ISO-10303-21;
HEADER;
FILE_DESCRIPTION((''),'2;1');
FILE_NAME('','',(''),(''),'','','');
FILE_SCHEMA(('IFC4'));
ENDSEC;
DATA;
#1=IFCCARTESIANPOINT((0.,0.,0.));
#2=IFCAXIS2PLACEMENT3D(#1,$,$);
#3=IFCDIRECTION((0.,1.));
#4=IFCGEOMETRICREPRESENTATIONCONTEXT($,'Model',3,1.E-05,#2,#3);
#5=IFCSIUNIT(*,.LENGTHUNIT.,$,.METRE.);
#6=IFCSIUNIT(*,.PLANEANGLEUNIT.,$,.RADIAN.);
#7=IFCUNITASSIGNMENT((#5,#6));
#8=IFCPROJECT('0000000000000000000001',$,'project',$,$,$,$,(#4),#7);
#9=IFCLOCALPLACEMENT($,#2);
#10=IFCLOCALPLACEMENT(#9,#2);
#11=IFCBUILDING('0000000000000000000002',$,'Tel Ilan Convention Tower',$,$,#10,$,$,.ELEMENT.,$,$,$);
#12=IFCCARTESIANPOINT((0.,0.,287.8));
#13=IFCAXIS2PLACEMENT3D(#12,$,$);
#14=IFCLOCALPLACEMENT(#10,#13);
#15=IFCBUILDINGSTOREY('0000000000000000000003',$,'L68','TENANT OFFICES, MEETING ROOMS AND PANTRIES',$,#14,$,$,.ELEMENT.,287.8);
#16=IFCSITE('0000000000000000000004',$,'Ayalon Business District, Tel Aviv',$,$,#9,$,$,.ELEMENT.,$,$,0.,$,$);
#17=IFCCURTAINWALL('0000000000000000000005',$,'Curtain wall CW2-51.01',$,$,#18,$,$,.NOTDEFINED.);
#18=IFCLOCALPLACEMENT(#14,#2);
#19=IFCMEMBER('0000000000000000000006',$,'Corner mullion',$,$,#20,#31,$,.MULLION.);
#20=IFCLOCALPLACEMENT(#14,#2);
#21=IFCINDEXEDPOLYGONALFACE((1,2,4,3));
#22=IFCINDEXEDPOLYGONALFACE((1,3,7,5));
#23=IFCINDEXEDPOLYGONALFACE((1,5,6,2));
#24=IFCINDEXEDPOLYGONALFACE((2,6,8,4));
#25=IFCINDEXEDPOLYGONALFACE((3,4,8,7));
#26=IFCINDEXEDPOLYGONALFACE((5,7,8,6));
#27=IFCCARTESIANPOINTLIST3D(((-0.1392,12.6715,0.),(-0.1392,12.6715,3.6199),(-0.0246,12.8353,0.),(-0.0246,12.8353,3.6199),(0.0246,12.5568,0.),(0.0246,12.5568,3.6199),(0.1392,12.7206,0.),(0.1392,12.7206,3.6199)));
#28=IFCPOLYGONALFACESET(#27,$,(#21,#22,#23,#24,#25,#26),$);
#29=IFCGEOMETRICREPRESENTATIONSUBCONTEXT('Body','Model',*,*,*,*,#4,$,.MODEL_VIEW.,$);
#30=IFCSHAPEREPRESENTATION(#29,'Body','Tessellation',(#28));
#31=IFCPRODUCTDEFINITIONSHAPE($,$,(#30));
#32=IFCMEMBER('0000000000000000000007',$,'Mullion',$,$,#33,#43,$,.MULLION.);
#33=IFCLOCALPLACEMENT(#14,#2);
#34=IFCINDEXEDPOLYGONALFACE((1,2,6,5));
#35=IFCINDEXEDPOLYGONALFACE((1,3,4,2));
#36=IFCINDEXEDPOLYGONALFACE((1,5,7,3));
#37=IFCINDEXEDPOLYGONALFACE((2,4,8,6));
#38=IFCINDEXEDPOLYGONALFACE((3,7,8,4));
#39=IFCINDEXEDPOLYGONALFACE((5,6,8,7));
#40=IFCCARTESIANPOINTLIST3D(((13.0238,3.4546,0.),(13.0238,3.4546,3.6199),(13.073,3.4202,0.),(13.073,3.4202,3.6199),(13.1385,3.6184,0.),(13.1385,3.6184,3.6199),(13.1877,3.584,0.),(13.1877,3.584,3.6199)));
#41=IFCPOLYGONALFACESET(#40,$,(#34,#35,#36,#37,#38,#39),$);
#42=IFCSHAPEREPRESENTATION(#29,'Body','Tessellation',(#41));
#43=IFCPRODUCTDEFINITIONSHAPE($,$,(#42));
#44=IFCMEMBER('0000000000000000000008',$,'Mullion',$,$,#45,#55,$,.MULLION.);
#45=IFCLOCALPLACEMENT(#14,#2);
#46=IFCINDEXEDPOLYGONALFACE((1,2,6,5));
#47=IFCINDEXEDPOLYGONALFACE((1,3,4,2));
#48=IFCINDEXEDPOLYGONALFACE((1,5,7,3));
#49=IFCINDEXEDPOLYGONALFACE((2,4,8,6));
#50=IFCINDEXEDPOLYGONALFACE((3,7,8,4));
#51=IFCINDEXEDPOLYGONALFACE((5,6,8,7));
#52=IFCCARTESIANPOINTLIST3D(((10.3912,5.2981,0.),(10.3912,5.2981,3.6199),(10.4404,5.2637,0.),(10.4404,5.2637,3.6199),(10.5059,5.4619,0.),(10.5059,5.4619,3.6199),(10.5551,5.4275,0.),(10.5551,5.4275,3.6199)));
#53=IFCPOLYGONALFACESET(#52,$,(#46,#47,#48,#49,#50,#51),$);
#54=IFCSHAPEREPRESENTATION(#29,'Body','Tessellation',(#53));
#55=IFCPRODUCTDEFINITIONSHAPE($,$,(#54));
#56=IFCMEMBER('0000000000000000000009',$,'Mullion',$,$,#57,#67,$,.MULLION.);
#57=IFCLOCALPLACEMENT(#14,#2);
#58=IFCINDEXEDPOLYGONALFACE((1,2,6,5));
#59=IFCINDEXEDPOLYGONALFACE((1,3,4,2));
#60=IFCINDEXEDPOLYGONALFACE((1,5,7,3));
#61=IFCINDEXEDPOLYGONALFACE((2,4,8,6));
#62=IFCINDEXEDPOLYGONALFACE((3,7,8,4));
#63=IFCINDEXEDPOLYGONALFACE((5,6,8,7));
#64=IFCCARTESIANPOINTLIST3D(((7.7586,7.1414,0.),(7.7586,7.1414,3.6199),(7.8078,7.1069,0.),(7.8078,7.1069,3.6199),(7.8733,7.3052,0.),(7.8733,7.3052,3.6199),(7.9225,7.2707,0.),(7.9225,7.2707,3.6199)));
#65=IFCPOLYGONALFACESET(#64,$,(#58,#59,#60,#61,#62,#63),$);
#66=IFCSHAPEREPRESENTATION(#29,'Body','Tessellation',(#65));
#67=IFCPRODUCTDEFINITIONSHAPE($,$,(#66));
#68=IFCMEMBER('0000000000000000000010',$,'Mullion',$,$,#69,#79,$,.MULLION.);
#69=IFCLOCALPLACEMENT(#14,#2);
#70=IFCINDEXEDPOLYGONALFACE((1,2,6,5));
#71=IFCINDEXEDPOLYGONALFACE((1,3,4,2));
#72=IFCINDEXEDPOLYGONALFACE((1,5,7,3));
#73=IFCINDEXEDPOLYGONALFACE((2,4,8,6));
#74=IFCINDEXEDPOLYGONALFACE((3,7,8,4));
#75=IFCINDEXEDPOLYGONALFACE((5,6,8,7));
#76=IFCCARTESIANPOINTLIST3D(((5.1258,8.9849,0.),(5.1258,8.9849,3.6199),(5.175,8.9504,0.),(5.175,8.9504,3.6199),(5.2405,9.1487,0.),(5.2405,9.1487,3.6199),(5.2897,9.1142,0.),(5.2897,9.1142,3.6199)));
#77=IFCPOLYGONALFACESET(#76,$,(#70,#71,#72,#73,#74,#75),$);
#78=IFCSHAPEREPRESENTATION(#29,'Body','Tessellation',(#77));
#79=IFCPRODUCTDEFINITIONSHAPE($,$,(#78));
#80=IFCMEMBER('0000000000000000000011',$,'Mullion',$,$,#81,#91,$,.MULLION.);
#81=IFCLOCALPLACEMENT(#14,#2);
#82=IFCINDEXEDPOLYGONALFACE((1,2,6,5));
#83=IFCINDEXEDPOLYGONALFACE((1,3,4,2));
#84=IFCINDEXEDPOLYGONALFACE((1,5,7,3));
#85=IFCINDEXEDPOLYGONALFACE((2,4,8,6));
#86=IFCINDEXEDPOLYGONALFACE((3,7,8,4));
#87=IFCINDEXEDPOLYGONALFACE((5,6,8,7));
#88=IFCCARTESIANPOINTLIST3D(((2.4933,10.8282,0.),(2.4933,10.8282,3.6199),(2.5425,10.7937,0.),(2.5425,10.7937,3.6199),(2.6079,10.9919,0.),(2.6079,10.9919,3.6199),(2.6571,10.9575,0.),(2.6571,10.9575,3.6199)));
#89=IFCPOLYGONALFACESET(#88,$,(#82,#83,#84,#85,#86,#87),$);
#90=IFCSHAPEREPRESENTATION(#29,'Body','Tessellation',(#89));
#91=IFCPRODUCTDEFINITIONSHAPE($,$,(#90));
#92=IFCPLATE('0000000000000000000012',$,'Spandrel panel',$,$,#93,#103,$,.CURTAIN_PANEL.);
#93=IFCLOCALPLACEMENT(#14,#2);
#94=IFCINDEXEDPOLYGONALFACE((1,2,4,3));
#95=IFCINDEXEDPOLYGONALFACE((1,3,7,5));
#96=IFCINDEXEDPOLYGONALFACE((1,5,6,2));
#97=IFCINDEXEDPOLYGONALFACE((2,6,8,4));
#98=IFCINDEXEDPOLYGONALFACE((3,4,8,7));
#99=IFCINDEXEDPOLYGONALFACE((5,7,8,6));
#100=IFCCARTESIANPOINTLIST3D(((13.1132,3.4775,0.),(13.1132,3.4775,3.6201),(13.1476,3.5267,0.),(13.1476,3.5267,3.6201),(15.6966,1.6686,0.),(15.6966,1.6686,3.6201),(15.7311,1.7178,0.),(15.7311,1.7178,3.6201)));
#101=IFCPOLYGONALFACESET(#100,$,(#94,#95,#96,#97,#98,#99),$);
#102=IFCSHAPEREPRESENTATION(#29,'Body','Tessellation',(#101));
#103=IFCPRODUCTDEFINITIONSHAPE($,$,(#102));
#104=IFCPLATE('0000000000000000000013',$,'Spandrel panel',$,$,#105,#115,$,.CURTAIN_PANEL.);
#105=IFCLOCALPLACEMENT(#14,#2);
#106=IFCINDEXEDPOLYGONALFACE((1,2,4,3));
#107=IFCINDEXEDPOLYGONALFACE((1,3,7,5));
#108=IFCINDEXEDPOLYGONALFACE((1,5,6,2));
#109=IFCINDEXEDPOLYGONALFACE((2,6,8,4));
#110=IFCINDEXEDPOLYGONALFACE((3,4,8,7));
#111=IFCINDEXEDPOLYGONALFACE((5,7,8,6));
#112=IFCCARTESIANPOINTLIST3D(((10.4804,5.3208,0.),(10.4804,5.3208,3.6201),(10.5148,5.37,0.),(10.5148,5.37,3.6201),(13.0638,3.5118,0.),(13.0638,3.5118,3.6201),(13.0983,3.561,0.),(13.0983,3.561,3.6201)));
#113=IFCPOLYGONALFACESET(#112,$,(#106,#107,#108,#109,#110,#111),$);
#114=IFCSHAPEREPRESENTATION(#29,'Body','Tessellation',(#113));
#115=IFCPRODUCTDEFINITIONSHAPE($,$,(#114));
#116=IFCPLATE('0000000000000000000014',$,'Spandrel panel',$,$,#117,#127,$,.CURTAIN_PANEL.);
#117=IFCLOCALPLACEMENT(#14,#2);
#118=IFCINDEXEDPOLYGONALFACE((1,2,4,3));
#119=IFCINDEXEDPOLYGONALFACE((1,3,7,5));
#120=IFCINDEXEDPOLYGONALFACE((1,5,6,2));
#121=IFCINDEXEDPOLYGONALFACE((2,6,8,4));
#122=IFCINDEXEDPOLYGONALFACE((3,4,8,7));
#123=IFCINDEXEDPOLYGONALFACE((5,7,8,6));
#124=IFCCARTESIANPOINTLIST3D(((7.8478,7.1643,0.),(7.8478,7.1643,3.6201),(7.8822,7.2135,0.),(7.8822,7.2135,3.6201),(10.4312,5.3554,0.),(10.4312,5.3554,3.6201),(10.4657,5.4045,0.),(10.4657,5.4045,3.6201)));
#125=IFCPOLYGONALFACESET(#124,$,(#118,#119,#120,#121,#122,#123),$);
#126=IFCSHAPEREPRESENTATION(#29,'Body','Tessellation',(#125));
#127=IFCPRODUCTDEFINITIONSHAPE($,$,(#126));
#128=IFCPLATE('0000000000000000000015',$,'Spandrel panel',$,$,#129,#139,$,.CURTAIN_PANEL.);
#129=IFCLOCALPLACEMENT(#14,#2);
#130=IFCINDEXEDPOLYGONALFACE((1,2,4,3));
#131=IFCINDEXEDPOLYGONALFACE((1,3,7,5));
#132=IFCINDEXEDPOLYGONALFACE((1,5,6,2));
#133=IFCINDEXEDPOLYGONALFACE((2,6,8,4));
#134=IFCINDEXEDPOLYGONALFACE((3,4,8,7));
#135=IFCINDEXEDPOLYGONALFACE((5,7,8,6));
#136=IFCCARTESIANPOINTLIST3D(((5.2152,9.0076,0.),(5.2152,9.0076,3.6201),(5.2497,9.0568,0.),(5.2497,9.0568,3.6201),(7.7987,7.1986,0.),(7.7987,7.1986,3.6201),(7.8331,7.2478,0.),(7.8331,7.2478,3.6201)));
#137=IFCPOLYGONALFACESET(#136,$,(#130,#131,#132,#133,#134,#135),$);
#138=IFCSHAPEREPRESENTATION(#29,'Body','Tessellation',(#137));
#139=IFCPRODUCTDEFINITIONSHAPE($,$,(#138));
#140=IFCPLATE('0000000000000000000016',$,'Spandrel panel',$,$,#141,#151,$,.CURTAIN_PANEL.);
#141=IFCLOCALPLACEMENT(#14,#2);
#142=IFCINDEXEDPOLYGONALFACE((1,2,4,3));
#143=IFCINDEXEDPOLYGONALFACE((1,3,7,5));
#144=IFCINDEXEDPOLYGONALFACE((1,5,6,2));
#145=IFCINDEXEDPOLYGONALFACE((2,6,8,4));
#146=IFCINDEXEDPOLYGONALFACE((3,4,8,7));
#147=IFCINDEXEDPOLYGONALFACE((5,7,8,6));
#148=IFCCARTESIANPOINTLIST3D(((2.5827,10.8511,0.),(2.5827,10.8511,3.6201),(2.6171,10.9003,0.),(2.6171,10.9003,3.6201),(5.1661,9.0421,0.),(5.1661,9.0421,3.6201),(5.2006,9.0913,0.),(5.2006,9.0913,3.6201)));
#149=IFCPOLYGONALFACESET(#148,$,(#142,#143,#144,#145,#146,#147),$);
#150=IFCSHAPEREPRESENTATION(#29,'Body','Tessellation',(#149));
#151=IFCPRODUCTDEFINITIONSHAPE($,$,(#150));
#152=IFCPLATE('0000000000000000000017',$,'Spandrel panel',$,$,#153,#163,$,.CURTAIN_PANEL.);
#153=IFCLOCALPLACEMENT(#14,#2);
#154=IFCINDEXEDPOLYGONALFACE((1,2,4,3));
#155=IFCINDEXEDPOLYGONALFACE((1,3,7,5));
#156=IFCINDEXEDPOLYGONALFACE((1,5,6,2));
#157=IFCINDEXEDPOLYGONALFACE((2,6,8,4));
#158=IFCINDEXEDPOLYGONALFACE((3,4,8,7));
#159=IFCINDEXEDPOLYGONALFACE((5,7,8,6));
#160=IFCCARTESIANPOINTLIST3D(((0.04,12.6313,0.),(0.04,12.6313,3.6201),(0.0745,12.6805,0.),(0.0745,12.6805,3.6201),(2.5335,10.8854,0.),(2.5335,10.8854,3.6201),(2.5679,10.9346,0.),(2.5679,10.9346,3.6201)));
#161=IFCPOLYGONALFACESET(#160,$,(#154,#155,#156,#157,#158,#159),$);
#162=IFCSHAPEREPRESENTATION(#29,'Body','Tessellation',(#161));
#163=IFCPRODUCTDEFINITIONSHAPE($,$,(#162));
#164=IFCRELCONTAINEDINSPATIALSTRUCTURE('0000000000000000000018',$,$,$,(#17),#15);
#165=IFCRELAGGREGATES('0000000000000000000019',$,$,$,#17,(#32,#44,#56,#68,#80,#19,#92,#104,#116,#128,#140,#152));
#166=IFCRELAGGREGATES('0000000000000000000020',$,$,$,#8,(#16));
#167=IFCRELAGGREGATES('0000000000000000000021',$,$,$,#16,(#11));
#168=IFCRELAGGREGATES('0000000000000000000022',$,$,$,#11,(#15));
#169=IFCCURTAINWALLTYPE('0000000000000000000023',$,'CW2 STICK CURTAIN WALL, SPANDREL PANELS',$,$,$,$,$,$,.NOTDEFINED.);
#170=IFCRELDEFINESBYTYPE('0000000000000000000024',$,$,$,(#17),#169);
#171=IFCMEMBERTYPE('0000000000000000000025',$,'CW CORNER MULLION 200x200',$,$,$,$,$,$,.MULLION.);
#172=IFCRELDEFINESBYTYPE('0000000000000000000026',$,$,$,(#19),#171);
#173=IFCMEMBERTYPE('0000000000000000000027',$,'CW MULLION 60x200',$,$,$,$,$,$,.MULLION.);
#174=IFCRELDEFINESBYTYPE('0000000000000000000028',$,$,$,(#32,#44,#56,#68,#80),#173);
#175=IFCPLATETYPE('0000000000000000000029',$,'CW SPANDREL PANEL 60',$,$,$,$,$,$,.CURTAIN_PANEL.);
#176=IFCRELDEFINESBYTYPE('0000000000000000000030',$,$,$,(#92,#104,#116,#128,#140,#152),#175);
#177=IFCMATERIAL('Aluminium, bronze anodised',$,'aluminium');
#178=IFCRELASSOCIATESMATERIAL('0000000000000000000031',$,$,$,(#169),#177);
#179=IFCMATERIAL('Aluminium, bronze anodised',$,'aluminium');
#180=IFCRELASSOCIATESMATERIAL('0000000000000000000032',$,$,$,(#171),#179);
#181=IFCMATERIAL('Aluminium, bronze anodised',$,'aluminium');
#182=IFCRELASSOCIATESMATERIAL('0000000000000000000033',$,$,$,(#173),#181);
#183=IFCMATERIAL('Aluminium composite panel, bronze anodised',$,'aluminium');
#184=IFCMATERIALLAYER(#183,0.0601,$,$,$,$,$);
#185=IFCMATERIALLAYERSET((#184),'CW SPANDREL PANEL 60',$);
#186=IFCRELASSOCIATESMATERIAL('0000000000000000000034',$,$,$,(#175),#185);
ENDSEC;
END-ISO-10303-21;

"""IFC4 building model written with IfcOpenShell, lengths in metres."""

from ifc_helpers import new_model, si_unit, direction, frame, origin, origin_2d, place, context, subcontext, project, spatial, rectangle, extrude, material, layer, layer_set, material_profile, profile_set, type_object, element, aggregate, save


model = new_model("IFC4")

# Units and contexts
model_context = context("Model", 3, precision=1e-05, world=origin(), true_north=direction((0.0, 1.0)))
body_context = subcontext(model_context, "Body", "Model", "MODEL_VIEW")
ifc_project = project(units=[si_unit("LENGTHUNIT", "METRE"), si_unit("PLANEANGLEUNIT", "RADIAN")], contexts=[model_context])

# Site, building, storey
site_placement = place(None, origin())
site = spatial("IfcSite", under=ifc_project, at=site_placement, Name="Ayalon Business District, Tel Aviv", CompositionType="ELEMENT", RefElevation=0.0)
building_placement = place(site_placement, origin())
building = spatial("IfcBuilding", under=site, at=building_placement, Name="Tel Ilan Convention Tower", CompositionType="ELEMENT")
storey_placement = place(building_placement, frame((0.0, 0.0, 287.8)))
storey = spatial("IfcBuildingStorey", under=building, at=storey_placement, Name="L68", Description="TENANT OFFICES, MEETING ROOMS AND PANTRIES", CompositionType="ELEMENT", Elevation=287.8)

# Curtain wall, members, plates
ifc_material_1 = material(Name="Aluminium, bronze anodised", Category="aluminium")
curtain_wall_type = type_object("IfcCurtainWallType", Name="CW2 STICK CURTAIN WALL, SPANDREL PANELS", PredefinedType="NOTDEFINED", material=ifc_material_1)
curtain_wall_placement = place(storey_placement, origin())
curtain_wall = element("IfcCurtainWall", 1, at=curtain_wall_placement, inside=storey, type_object=curtain_wall_type, Name="Curtain wall CW2-51.01", PredefinedType="NOTDEFINED")
ifc_material_2 = material(Name="Aluminium, bronze anodised", Category="aluminium")
ifc_material_profile_1 = material_profile(ifc_material_2, rectangle(XDim=0.2, YDim=0.2, at=origin_2d()), Name="CW CORNER MULLION 200x200")
ifc_profile_set_1 = profile_set([ifc_material_profile_1], Name="Aluminium, bronze anodised")
member_type_1 = type_object("IfcMemberType", Name="CW CORNER MULLION 200x200", PredefinedType="MULLION", material=ifc_profile_set_1)
member_1_placement = place(storey_placement, frame((0.0, 12.696, 0.0), z_axis=(0.0, 0.0, 1.0), x_axis=(-0.819152, 0.573576, 0.0)))
member_1 = element("IfcMember", 2, at=member_1_placement, type_object=member_type_1, Name="Corner mullion", PredefinedType="MULLION", context=body_context, shape_type="SweptSolid", body=[
    extrude(rectangle(XDim=0.2, YDim=0.2, at=origin_2d()), origin(), (0.0, 0.0, 1.0), 3.6199),
])
ifc_material_3 = material(Name="Aluminium, bronze anodised", Category="aluminium")
ifc_material_profile_2 = material_profile(ifc_material_3, rectangle(XDim=0.0601, YDim=0.2, at=origin_2d()), Name="CW MULLION 60x200")
ifc_profile_set_2 = profile_set([ifc_material_profile_2], Name="Aluminium, bronze anodised")
member_type_2 = type_object("IfcMemberType", Name="CW MULLION 60x200", PredefinedType="MULLION", material=ifc_profile_set_2)
member_2_placement = place(storey_placement, frame((13.1057, 3.5193, 0.0), z_axis=(0.0, 0.0, 1.0), x_axis=(-0.819152, 0.573576, 0.0)))
member_2 = element("IfcMember", 3, at=member_2_placement, type_object=member_type_2, Name="Mullion", PredefinedType="MULLION", context=body_context, shape_type="SweptSolid", body=[
    extrude(rectangle(XDim=0.0601, YDim=0.2, at=origin_2d()), origin(), (0.0, 0.0, 1.0), 3.6199),
])
member_3_placement = place(storey_placement, frame((10.4731, 5.3628, 0.0), z_axis=(0.0, 0.0, 1.0), x_axis=(-0.819152, 0.573576, 0.0)))
member_3 = element("IfcMember", 4, at=member_3_placement, type_object=member_type_2, Name="Mullion", PredefinedType="MULLION", context=body_context, shape_type="SweptSolid", body=[
    extrude(rectangle(XDim=0.0601, YDim=0.2, at=origin_2d()), origin(), (0.0, 0.0, 1.0), 3.6199),
])
member_4_placement = place(storey_placement, frame((7.8406, 7.2061, 0.0), z_axis=(0.0, 0.0, 1.0), x_axis=(-0.819152, 0.573576, 0.0)))
member_4 = element("IfcMember", 5, at=member_4_placement, type_object=member_type_2, Name="Mullion", PredefinedType="MULLION", context=body_context, shape_type="SweptSolid", body=[
    extrude(rectangle(XDim=0.0601, YDim=0.2, at=origin_2d()), origin(), (0.0, 0.0, 1.0), 3.6199),
])
member_5_placement = place(storey_placement, frame((5.2078, 9.0496, 0.0), z_axis=(0.0, 0.0, 1.0), x_axis=(-0.819152, 0.573576, 0.0)))
member_5 = element("IfcMember", 6, at=member_5_placement, type_object=member_type_2, Name="Mullion", PredefinedType="MULLION", context=body_context, shape_type="SweptSolid", body=[
    extrude(rectangle(XDim=0.0601, YDim=0.2, at=origin_2d()), origin(), (0.0, 0.0, 1.0), 3.6199),
])
member_6_placement = place(storey_placement, frame((2.5752, 10.8928, 0.0), z_axis=(0.0, 0.0, 1.0), x_axis=(-0.819152, 0.573576, 0.0)))
member_6 = element("IfcMember", 7, at=member_6_placement, type_object=member_type_2, Name="Mullion", PredefinedType="MULLION", context=body_context, shape_type="SweptSolid", body=[
    extrude(rectangle(XDim=0.0601, YDim=0.2, at=origin_2d()), origin(), (0.0, 0.0, 1.0), 3.6199),
])
ifc_material_4 = material(Name="Aluminium composite panel, bronze anodised", Category="aluminium")
ifc_layer_1 = layer(ifc_material_4, 0.0601)
ifc_layer_set_1 = layer_set([ifc_layer_1], Name="CW SPANDREL PANEL 60")
plate_type = type_object("IfcPlateType", Name="CW SPANDREL PANEL 60", PredefinedType="CURTAIN_PANEL", material=ifc_layer_set_1)
plate_1_placement = place(storey_placement, frame((14.4221, 2.5977, 0.0), z_axis=(0.0, 0.0, 1.0), x_axis=(-0.819152, 0.573576, 0.0)))
plate_1 = element("IfcPlate", 8, at=plate_1_placement, type_object=plate_type, Name="Spandrel panel", PredefinedType="CURTAIN_PANEL", context=body_context, shape_type="SweptSolid", body=[
    extrude(rectangle(XDim=3.1538, YDim=0.0601, at=origin_2d()), origin(), (0.0, 0.0, 1.0), 3.6201),
])
plate_2_placement = place(storey_placement, frame((11.7893, 4.4409, 0.0), z_axis=(0.0, 0.0, 1.0), x_axis=(-0.819152, 0.573576, 0.0)))
plate_2 = element("IfcPlate", 9, at=plate_2_placement, type_object=plate_type, Name="Spandrel panel", PredefinedType="CURTAIN_PANEL", context=body_context, shape_type="SweptSolid", body=[
    extrude(rectangle(XDim=3.1538, YDim=0.0601, at=origin_2d()), origin(), (0.0, 0.0, 1.0), 3.6201),
])
plate_3_placement = place(storey_placement, frame((9.1567, 6.2844, 0.0), z_axis=(0.0, 0.0, 1.0), x_axis=(-0.819152, 0.573576, 0.0)))
plate_3 = element("IfcPlate", 10, at=plate_3_placement, type_object=plate_type, Name="Spandrel panel", PredefinedType="CURTAIN_PANEL", context=body_context, shape_type="SweptSolid", body=[
    extrude(rectangle(XDim=3.1538, YDim=0.0601, at=origin_2d()), origin(), (0.0, 0.0, 1.0), 3.6201),
])
plate_4_placement = place(storey_placement, frame((6.5242, 8.1277, 0.0), z_axis=(0.0, 0.0, 1.0), x_axis=(-0.819152, 0.573576, 0.0)))
plate_4 = element("IfcPlate", 11, at=plate_4_placement, type_object=plate_type, Name="Spandrel panel", PredefinedType="CURTAIN_PANEL", context=body_context, shape_type="SweptSolid", body=[
    extrude(rectangle(XDim=3.1538, YDim=0.0601, at=origin_2d()), origin(), (0.0, 0.0, 1.0), 3.6201),
])
plate_5_placement = place(storey_placement, frame((3.8916, 9.9712, 0.0), z_axis=(0.0, 0.0, 1.0), x_axis=(-0.819152, 0.573576, 0.0)))
plate_5 = element("IfcPlate", 12, at=plate_5_placement, type_object=plate_type, Name="Spandrel panel", PredefinedType="CURTAIN_PANEL", context=body_context, shape_type="SweptSolid", body=[
    extrude(rectangle(XDim=3.1538, YDim=0.0601, at=origin_2d()), origin(), (0.0, 0.0, 1.0), 3.6201),
])
plate_6_placement = place(storey_placement, frame((1.304, 11.783, 0.0), z_axis=(0.0, 0.0, 1.0), x_axis=(-0.819152, 0.573576, 0.0)))
plate_6 = element("IfcPlate", 13, at=plate_6_placement, type_object=plate_type, Name="Spandrel panel", PredefinedType="CURTAIN_PANEL", context=body_context, shape_type="SweptSolid", body=[
    extrude(rectangle(XDim=3.0439, YDim=0.0601, at=origin_2d()), origin(), (0.0, 0.0, 1.0), 3.6201),
])
aggregate(curtain_wall, [member_2, member_3, member_4, member_5, member_6, member_1, plate_1, plate_2, plate_3, plate_4, plate_5, plate_6])

save(model, "model.ifc")
